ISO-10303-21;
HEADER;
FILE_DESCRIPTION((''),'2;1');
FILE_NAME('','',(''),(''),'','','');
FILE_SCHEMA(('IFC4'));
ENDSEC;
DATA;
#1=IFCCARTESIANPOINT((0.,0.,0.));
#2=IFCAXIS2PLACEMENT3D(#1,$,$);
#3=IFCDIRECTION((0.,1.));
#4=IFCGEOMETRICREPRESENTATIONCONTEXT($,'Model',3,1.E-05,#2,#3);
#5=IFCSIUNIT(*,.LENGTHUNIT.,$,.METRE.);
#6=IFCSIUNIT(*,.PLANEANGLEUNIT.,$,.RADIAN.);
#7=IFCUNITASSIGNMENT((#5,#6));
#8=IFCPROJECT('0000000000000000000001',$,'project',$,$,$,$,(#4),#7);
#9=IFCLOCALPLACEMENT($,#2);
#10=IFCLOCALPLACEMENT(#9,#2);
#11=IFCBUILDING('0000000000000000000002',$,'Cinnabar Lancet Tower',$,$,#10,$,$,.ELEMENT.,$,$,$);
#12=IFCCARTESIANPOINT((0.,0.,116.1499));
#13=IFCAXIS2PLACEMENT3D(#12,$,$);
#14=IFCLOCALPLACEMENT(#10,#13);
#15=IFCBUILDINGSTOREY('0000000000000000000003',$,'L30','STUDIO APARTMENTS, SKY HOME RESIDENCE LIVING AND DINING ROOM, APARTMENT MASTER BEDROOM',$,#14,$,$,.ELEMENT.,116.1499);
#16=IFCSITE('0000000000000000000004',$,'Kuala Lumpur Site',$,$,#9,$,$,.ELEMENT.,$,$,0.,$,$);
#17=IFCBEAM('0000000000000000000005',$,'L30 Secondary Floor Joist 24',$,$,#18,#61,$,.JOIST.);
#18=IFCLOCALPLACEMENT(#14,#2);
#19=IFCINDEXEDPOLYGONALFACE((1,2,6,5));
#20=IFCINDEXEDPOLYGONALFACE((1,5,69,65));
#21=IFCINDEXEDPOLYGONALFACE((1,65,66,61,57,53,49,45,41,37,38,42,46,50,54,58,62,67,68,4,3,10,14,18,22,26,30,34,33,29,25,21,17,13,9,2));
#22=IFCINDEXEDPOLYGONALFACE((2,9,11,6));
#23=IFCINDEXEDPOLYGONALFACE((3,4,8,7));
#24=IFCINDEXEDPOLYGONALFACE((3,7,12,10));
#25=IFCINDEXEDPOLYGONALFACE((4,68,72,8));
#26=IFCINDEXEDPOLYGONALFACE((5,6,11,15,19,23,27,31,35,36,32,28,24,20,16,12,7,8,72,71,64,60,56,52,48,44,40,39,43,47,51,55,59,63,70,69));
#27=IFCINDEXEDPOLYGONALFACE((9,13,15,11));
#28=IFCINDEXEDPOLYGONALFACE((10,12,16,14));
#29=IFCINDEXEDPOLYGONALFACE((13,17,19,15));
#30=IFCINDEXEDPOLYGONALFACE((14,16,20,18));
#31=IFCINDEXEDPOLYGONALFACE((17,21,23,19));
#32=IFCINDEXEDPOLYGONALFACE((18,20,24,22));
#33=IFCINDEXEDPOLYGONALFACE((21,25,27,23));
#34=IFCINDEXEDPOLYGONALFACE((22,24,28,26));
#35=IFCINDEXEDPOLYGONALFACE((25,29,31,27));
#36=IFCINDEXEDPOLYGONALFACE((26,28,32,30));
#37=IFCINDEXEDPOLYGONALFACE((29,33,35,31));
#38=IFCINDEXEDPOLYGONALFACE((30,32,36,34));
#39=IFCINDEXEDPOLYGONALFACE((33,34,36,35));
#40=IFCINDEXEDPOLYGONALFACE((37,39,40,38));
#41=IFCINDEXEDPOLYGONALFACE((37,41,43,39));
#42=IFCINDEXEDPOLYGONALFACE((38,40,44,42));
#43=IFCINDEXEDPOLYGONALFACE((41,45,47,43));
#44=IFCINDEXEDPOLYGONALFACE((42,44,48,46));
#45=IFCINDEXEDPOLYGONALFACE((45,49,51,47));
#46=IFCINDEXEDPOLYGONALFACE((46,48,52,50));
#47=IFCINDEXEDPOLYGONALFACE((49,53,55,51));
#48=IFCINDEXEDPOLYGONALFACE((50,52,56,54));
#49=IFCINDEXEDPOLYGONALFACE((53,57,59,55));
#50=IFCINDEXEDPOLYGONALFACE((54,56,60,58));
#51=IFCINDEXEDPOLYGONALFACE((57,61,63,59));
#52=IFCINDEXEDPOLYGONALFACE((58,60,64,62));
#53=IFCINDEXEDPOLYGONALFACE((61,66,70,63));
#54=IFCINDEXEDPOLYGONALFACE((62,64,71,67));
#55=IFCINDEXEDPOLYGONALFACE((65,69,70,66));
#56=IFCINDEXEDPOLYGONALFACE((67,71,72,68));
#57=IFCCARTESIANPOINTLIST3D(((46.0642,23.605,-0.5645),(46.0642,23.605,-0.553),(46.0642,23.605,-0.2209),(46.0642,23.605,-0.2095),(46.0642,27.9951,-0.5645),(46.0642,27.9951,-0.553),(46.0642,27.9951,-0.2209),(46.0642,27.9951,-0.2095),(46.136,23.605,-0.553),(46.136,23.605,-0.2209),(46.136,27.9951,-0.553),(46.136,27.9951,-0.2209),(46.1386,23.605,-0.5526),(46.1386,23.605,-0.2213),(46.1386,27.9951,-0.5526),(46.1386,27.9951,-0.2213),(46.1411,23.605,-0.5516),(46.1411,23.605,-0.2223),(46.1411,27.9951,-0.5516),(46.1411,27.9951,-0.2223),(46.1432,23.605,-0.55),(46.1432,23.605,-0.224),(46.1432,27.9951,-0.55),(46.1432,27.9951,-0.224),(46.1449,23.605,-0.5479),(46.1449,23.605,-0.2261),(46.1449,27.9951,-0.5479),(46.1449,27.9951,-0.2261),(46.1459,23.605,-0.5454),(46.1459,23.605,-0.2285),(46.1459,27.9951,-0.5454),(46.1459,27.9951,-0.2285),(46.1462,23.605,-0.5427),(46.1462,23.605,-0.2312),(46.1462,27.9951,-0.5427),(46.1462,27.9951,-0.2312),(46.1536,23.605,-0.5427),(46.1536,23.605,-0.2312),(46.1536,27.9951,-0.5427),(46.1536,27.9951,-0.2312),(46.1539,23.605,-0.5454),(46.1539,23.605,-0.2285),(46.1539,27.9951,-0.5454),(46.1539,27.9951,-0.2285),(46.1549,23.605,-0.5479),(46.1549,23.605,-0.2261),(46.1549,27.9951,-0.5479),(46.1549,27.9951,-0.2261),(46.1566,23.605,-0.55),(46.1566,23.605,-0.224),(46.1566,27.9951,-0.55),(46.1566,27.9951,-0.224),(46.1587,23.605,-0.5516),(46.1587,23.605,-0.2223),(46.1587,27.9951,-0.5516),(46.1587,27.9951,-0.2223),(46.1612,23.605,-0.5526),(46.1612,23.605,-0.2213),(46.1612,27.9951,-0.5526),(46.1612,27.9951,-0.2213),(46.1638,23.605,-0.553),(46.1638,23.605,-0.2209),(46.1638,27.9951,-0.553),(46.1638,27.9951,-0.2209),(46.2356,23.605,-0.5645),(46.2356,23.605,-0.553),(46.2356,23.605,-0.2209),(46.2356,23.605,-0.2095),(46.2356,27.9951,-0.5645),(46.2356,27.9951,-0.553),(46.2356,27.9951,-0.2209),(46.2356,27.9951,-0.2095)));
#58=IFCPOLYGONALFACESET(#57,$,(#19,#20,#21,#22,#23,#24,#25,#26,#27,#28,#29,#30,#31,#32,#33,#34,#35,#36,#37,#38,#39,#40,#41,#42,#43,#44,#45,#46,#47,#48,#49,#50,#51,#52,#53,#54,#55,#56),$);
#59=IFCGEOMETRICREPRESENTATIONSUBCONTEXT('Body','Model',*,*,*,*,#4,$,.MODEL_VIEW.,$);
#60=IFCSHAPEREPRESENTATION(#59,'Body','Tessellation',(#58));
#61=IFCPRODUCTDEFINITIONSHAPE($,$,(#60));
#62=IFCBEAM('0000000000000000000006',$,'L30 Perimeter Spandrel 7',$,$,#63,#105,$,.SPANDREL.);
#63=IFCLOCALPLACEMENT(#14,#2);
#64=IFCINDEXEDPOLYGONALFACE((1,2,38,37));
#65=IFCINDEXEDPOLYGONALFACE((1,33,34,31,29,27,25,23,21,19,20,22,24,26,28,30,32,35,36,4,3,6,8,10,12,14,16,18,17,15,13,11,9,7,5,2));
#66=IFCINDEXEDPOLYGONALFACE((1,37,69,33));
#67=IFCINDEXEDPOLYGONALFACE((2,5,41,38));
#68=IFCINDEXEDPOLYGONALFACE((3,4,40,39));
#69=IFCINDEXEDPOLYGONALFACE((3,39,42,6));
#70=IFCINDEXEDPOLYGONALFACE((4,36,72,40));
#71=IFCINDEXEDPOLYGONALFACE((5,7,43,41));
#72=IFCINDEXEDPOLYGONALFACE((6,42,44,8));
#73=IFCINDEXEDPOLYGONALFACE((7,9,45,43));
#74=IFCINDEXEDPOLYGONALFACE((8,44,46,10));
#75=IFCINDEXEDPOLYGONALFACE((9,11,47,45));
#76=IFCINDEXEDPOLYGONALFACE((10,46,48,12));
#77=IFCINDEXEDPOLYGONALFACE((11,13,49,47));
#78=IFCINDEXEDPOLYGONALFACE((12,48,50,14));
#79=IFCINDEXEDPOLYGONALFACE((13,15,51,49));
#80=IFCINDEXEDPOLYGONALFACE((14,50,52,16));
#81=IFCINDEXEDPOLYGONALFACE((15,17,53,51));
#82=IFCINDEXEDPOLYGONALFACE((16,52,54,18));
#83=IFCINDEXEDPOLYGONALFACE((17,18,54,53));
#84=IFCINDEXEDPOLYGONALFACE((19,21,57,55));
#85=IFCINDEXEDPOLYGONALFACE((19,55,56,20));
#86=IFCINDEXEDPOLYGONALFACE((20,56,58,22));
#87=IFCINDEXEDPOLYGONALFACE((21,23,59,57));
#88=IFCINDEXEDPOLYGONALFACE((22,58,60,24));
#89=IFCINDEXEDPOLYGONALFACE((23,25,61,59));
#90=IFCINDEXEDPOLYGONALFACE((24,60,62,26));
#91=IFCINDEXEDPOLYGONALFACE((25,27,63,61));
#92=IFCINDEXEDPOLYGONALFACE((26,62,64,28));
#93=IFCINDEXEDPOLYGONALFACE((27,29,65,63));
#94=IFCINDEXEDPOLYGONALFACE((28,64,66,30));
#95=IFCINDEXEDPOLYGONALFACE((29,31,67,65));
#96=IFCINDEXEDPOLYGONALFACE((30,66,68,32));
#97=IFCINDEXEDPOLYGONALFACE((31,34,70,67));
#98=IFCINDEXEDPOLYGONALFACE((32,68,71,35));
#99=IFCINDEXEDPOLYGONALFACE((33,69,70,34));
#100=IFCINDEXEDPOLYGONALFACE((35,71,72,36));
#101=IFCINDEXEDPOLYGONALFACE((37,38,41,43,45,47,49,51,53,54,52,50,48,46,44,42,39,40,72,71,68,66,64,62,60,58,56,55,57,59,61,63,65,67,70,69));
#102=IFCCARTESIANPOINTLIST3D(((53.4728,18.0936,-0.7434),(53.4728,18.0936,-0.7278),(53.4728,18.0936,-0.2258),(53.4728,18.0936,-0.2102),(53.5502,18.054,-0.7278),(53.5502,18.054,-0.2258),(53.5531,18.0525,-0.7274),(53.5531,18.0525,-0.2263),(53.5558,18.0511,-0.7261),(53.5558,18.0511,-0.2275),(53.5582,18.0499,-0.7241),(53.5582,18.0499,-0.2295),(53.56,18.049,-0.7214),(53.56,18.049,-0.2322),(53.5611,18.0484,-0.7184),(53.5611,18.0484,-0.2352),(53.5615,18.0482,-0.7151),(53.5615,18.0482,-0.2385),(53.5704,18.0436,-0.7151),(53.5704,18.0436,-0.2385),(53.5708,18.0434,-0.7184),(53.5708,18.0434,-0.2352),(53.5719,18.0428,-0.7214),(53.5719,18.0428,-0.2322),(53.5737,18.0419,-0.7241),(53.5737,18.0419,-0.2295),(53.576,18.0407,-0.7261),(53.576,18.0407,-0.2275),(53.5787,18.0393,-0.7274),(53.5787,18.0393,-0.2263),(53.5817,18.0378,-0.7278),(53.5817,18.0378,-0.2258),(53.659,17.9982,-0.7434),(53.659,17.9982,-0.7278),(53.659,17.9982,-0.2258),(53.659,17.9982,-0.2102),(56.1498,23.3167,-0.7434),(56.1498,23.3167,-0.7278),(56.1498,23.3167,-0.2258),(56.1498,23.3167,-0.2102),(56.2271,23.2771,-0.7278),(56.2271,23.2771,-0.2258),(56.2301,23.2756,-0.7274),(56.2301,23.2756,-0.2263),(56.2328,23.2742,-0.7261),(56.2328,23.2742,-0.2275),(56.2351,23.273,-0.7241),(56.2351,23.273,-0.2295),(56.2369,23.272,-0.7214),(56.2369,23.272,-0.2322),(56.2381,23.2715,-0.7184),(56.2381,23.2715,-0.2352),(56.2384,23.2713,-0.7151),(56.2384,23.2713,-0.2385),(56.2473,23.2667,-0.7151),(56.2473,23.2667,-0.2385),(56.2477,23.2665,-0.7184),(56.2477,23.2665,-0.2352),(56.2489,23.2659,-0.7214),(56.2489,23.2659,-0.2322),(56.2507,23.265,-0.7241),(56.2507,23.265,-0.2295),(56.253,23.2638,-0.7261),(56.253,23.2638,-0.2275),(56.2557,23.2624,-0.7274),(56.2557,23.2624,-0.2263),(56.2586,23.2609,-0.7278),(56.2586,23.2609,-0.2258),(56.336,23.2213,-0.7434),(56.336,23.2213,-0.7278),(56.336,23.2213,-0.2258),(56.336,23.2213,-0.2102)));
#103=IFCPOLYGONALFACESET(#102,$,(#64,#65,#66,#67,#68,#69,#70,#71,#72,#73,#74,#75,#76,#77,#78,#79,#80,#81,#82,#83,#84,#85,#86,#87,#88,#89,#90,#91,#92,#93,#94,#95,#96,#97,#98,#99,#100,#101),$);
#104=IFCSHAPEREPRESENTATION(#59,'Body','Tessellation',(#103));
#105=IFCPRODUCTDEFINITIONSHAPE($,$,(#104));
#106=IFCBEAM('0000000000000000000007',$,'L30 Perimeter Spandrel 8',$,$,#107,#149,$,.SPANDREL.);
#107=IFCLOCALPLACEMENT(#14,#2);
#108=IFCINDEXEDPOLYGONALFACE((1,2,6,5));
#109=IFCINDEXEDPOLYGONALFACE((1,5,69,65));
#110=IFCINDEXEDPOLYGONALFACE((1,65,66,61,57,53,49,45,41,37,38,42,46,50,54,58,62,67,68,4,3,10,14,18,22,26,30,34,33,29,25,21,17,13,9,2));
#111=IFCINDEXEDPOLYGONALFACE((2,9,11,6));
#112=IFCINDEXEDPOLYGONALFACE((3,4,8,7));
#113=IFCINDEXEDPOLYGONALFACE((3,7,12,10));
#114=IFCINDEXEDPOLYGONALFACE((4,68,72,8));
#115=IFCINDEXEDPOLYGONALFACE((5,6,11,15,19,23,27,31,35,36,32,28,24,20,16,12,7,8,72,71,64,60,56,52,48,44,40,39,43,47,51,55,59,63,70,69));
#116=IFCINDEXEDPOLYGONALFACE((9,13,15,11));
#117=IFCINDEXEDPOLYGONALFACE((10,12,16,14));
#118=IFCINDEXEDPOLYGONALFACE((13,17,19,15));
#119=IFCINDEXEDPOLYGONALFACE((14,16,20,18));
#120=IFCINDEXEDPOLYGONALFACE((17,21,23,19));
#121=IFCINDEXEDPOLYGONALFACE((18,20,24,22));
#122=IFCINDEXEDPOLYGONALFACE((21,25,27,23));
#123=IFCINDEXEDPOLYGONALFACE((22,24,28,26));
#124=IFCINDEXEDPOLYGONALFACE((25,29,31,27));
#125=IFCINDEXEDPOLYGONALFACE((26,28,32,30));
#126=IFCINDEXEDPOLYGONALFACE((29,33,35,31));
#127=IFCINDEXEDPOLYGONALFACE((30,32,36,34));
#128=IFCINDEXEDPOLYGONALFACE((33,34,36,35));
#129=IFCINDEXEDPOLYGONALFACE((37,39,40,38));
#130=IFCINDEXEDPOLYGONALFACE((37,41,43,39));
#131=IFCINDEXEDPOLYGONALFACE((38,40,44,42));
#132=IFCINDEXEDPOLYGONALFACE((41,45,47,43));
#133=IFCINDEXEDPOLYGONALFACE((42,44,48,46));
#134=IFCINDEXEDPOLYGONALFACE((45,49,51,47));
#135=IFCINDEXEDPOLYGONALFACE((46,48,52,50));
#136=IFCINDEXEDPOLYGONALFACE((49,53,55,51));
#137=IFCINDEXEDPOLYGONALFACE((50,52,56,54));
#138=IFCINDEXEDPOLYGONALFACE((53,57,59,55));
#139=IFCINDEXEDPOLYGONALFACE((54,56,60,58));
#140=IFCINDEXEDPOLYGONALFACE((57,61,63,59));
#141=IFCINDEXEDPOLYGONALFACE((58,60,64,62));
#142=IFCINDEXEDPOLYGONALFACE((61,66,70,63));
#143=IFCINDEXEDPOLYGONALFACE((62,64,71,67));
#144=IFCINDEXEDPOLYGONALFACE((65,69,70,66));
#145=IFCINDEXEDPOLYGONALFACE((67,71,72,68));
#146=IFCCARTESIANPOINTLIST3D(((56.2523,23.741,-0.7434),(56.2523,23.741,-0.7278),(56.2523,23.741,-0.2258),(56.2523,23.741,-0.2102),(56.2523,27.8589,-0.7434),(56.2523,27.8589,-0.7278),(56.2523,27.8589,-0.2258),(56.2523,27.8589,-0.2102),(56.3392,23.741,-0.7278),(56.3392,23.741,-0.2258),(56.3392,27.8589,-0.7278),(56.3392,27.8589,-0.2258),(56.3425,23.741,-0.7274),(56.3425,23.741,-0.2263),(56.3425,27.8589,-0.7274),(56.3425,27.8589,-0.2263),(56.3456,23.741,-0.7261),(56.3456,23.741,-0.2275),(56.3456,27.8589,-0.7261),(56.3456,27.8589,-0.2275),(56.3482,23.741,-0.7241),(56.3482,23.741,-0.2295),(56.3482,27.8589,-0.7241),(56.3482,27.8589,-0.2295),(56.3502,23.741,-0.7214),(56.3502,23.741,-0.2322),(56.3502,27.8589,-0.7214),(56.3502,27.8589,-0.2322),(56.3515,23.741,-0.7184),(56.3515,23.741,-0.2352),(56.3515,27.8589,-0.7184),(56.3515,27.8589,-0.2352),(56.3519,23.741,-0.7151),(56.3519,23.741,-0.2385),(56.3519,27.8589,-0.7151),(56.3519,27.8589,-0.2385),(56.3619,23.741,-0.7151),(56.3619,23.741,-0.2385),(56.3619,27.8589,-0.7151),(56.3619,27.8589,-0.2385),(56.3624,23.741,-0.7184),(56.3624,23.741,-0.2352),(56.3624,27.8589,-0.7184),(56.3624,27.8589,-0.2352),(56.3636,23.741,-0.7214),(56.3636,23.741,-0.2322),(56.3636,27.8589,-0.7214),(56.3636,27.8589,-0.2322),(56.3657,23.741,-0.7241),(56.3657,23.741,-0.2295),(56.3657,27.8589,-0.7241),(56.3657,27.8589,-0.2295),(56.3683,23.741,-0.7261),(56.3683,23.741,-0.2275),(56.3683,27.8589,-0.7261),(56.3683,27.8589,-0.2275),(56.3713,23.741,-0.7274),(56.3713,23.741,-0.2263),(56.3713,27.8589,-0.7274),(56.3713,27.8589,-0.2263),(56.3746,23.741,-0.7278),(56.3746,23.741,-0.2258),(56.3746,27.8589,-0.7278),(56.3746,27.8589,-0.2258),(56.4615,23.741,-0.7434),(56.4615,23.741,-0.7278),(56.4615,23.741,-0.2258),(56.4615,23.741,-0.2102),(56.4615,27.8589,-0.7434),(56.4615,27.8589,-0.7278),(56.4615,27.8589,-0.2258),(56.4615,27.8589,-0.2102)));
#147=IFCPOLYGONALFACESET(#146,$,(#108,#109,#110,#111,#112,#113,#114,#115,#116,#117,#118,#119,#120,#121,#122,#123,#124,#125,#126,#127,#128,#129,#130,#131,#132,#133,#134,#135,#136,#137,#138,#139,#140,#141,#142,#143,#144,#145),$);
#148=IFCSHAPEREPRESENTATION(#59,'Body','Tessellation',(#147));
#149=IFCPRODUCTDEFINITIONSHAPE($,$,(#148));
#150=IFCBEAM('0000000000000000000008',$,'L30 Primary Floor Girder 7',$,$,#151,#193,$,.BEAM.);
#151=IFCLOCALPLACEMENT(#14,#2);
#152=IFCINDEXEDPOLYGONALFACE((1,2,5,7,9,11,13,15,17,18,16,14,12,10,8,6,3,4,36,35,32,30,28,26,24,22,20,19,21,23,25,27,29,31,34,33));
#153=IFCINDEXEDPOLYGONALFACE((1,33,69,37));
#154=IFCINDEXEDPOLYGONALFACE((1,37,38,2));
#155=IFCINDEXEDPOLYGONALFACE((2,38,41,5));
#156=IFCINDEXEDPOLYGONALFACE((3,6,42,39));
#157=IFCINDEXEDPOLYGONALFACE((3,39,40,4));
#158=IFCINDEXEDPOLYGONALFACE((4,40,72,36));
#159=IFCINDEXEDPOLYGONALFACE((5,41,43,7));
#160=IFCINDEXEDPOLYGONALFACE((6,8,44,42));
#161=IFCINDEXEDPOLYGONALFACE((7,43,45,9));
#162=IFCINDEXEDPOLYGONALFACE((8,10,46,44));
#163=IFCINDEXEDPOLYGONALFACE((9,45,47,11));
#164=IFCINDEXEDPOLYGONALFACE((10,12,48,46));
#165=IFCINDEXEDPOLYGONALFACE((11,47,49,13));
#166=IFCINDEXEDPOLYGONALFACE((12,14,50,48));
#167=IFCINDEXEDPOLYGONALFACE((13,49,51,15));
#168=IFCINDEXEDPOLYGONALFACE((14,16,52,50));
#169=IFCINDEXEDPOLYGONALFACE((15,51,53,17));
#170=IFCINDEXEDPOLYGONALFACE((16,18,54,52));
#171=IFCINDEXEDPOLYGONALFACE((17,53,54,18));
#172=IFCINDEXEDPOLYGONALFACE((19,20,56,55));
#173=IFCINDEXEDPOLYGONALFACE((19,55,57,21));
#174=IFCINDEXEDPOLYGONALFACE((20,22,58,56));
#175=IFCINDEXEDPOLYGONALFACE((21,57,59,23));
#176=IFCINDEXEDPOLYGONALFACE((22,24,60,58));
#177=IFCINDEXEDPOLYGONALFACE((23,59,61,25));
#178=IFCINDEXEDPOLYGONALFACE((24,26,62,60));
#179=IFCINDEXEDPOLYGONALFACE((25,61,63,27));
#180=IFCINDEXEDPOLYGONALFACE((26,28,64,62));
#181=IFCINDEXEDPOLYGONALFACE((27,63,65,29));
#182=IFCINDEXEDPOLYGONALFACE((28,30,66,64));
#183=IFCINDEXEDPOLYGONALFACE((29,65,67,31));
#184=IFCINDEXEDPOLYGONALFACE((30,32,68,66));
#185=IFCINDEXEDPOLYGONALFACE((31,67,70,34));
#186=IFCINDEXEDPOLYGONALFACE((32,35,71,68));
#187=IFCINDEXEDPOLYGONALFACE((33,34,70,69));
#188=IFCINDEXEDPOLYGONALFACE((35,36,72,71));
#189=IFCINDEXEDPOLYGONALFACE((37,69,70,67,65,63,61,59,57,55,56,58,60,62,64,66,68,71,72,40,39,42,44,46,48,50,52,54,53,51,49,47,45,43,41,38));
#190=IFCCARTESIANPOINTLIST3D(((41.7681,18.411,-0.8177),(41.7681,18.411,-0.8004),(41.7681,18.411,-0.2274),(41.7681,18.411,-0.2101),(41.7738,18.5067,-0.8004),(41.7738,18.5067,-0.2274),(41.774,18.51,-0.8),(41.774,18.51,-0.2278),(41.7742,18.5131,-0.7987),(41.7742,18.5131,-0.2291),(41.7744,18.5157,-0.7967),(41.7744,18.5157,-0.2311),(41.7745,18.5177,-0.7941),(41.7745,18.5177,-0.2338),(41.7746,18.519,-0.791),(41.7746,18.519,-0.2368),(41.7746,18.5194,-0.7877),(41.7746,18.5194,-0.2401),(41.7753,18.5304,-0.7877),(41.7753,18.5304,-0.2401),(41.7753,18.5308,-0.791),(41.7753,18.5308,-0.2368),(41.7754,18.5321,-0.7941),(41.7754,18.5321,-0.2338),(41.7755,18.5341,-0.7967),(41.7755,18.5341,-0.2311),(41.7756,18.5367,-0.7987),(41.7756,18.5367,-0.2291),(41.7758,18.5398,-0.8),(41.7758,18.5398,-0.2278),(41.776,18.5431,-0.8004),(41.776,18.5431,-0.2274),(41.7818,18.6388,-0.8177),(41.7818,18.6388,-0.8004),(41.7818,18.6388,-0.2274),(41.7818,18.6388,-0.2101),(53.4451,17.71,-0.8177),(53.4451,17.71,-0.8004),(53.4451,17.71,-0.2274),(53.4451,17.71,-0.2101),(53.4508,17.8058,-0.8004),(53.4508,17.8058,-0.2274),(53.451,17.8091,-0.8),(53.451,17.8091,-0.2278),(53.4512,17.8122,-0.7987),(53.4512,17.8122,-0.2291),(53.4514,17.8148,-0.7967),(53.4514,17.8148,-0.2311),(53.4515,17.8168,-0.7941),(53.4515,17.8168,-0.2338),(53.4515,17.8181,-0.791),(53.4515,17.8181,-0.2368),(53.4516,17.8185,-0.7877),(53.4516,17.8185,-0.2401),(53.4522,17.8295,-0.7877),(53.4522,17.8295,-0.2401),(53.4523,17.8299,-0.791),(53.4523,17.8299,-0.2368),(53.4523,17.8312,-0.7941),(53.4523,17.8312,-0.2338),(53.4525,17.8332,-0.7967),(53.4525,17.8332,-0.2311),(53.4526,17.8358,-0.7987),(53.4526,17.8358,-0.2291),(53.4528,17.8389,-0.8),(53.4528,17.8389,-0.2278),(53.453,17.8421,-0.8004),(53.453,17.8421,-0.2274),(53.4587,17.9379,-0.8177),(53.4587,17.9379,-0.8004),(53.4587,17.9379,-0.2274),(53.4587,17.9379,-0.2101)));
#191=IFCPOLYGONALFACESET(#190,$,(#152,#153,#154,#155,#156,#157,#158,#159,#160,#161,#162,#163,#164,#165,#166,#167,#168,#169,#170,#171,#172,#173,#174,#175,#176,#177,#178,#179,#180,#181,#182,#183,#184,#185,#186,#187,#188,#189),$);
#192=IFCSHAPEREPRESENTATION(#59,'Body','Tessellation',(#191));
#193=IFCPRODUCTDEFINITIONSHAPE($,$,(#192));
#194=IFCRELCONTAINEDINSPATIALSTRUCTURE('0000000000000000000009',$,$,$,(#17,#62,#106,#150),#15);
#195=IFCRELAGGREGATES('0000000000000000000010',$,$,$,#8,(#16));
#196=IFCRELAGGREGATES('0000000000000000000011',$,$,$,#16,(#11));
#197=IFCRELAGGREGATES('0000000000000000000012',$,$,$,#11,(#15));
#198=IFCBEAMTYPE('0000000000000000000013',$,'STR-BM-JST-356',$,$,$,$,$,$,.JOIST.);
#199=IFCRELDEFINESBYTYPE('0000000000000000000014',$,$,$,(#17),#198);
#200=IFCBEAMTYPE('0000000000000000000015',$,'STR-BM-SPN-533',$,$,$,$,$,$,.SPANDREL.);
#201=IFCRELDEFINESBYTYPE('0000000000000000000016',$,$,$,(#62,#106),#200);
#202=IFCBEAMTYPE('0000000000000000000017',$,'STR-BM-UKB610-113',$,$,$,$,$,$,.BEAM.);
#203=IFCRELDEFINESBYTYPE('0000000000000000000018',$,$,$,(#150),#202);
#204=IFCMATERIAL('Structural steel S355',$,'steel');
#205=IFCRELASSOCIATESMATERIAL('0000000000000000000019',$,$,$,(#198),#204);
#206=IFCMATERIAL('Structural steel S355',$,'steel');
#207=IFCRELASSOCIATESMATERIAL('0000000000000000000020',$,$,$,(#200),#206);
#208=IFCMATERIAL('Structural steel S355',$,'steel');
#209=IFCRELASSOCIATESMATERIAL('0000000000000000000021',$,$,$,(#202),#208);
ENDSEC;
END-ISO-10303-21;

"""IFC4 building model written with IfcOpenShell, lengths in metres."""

from ifc_helpers import new_model, si_unit, direction, frame, origin, origin_2d, place, context, subcontext, project, spatial, i_section, extrude, material, material_profile, profile_set, type_object, element, save


model = new_model("IFC4")

# Units and contexts
model_context = context("Model", 3, precision=1e-05, world=origin(), true_north=direction((0.0, 1.0)))
body_context = subcontext(model_context, "Body", "Model", "MODEL_VIEW")
ifc_project = project(units=[si_unit("LENGTHUNIT", "METRE"), si_unit("PLANEANGLEUNIT", "RADIAN")], contexts=[model_context])

# Site, building, storey
site_placement = place(None, origin())
site = spatial("IfcSite", under=ifc_project, at=site_placement, Name="Kuala Lumpur Site", CompositionType="ELEMENT", RefElevation=0.0)
building_placement = place(site_placement, origin())
building = spatial("IfcBuilding", under=site, at=building_placement, Name="Cinnabar Lancet Tower", CompositionType="ELEMENT")
storey_placement = place(building_placement, frame((0.0, 0.0, 116.1499)))
storey = spatial("IfcBuildingStorey", under=building, at=storey_placement, Name="L30", Description="STUDIO APARTMENTS, SKY HOME RESIDENCE LIVING AND DINING ROOM, APARTMENT MASTER BEDROOM", CompositionType="ELEMENT", Elevation=116.1499)

# Beams
ifc_material_1 = material(Name="Structural steel S355", Category="steel")
ifc_material_profile_1 = material_profile(ifc_material_1, i_section(OverallWidth=0.1714, OverallDepth=0.355, WebThickness=0.0073, FlangeThickness=0.0115, FilletRadius=0.0103, at=origin_2d()), Name="UKB 356x171x51")
ifc_profile_set_1 = profile_set([ifc_material_profile_1], Name="Structural steel S355")
beam_type_1 = type_object("IfcBeamType", Name="STR-BM-JST-356", PredefinedType="JOIST", material=ifc_profile_set_1)
for number, where, z_axis, x_axis, name in (
    (1, (46.1499, 23.605, -0.387), (0.0, 1.0, 0.0), (-1.0, 0.0, 0.0), "L30 Secondary Floor Joist 24"),
):
    element("IfcBeam", number, at=place(storey_placement, frame(where, z_axis=z_axis, x_axis=x_axis)), inside=storey, type_object=beam_type_1, Name=name, PredefinedType="JOIST", context=body_context, shape_type="SweptSolid", body=[
        extrude(i_section(OverallWidth=0.1714, OverallDepth=0.355, WebThickness=0.0073, FlangeThickness=0.0115, FilletRadius=0.0103, at=origin_2d()), origin(), (0.0, 0.0, 1.0), 4.3901),
    ])
ifc_material_2 = material(Name="Structural steel S355", Category="steel")
ifc_material_profile_2 = material_profile(ifc_material_2, i_section(OverallWidth=0.2092, OverallDepth=0.5332, WebThickness=0.01, FlangeThickness=0.0156, FilletRadius=0.0127, at=origin_2d()), Name="UKB 533x210x92")
ifc_profile_set_2 = profile_set([ifc_material_profile_2], Name="Structural steel S355")
beam_type_2 = type_object("IfcBeamType", Name="STR-BM-SPN-533", PredefinedType="SPANDREL", material=ifc_profile_set_2)
beam_1_placement = place(storey_placement, frame((53.5659, 18.0459, -0.4768), z_axis=(0.45611, 0.889924, 0.0), x_axis=(-0.889924, 0.45611, 0.0)))
element("IfcBeam", 2, at=beam_1_placement, inside=storey, type_object=beam_type_2, Name="L30 Perimeter Spandrel 7", PredefinedType="SPANDREL", context=body_context, shape_type="SweptSolid", body=[
    extrude(i_section(OverallWidth=0.2092, OverallDepth=0.5332, WebThickness=0.01, FlangeThickness=0.0156, FilletRadius=0.0127, at=origin_2d()), origin(), (0.0, 0.0, 1.0), 5.8691),
])
beam_2_placement = place(storey_placement, frame((56.3569, 23.741, -0.4768), z_axis=(0.0, 1.0, 0.0), x_axis=(-1.0, 0.0, 0.0)))
element("IfcBeam", 3, at=beam_2_placement, inside=storey, type_object=beam_type_2, Name="L30 Perimeter Spandrel 8", PredefinedType="SPANDREL", context=body_context, shape_type="SweptSolid", body=[
    extrude(i_section(OverallWidth=0.2092, OverallDepth=0.5332, WebThickness=0.01, FlangeThickness=0.0156, FilletRadius=0.0127, at=origin_2d()), origin(), (0.0, 0.0, 1.0), 4.1179),
])
ifc_material_3 = material(Name="Structural steel S355", Category="steel")
ifc_material_profile_3 = material_profile(ifc_material_3, i_section(OverallWidth=0.2283, OverallDepth=0.6077, WebThickness=0.011, FlangeThickness=0.0173, FilletRadius=0.0127, at=origin_2d()), Name="UKB 610x229x113")
ifc_profile_set_3 = profile_set([ifc_material_profile_3], Name="Structural steel S355")
beam_type_3 = type_object("IfcBeamType", Name="STR-BM-UKB610-113", PredefinedType="BEAM", material=ifc_profile_set_3)
beam_3_placement = place(storey_placement, frame((53.4519, 17.824, -0.5139), z_axis=(-0.998203, 0.059918, 0.0), x_axis=(-0.059918, -0.998203, 0.0)))
element("IfcBeam", 4, at=beam_3_placement, inside=storey, type_object=beam_type_3, Name="L30 Primary Floor Girder 7", PredefinedType="BEAM", context=body_context, shape_type="SweptSolid", body=[
    extrude(i_section(OverallWidth=0.2283, OverallDepth=0.6077, WebThickness=0.011, FlangeThickness=0.0173, FilletRadius=0.0127, at=origin_2d()), origin(), (0.0, 0.0, 1.0), 11.698),
])

save(model, "model.ifc")
